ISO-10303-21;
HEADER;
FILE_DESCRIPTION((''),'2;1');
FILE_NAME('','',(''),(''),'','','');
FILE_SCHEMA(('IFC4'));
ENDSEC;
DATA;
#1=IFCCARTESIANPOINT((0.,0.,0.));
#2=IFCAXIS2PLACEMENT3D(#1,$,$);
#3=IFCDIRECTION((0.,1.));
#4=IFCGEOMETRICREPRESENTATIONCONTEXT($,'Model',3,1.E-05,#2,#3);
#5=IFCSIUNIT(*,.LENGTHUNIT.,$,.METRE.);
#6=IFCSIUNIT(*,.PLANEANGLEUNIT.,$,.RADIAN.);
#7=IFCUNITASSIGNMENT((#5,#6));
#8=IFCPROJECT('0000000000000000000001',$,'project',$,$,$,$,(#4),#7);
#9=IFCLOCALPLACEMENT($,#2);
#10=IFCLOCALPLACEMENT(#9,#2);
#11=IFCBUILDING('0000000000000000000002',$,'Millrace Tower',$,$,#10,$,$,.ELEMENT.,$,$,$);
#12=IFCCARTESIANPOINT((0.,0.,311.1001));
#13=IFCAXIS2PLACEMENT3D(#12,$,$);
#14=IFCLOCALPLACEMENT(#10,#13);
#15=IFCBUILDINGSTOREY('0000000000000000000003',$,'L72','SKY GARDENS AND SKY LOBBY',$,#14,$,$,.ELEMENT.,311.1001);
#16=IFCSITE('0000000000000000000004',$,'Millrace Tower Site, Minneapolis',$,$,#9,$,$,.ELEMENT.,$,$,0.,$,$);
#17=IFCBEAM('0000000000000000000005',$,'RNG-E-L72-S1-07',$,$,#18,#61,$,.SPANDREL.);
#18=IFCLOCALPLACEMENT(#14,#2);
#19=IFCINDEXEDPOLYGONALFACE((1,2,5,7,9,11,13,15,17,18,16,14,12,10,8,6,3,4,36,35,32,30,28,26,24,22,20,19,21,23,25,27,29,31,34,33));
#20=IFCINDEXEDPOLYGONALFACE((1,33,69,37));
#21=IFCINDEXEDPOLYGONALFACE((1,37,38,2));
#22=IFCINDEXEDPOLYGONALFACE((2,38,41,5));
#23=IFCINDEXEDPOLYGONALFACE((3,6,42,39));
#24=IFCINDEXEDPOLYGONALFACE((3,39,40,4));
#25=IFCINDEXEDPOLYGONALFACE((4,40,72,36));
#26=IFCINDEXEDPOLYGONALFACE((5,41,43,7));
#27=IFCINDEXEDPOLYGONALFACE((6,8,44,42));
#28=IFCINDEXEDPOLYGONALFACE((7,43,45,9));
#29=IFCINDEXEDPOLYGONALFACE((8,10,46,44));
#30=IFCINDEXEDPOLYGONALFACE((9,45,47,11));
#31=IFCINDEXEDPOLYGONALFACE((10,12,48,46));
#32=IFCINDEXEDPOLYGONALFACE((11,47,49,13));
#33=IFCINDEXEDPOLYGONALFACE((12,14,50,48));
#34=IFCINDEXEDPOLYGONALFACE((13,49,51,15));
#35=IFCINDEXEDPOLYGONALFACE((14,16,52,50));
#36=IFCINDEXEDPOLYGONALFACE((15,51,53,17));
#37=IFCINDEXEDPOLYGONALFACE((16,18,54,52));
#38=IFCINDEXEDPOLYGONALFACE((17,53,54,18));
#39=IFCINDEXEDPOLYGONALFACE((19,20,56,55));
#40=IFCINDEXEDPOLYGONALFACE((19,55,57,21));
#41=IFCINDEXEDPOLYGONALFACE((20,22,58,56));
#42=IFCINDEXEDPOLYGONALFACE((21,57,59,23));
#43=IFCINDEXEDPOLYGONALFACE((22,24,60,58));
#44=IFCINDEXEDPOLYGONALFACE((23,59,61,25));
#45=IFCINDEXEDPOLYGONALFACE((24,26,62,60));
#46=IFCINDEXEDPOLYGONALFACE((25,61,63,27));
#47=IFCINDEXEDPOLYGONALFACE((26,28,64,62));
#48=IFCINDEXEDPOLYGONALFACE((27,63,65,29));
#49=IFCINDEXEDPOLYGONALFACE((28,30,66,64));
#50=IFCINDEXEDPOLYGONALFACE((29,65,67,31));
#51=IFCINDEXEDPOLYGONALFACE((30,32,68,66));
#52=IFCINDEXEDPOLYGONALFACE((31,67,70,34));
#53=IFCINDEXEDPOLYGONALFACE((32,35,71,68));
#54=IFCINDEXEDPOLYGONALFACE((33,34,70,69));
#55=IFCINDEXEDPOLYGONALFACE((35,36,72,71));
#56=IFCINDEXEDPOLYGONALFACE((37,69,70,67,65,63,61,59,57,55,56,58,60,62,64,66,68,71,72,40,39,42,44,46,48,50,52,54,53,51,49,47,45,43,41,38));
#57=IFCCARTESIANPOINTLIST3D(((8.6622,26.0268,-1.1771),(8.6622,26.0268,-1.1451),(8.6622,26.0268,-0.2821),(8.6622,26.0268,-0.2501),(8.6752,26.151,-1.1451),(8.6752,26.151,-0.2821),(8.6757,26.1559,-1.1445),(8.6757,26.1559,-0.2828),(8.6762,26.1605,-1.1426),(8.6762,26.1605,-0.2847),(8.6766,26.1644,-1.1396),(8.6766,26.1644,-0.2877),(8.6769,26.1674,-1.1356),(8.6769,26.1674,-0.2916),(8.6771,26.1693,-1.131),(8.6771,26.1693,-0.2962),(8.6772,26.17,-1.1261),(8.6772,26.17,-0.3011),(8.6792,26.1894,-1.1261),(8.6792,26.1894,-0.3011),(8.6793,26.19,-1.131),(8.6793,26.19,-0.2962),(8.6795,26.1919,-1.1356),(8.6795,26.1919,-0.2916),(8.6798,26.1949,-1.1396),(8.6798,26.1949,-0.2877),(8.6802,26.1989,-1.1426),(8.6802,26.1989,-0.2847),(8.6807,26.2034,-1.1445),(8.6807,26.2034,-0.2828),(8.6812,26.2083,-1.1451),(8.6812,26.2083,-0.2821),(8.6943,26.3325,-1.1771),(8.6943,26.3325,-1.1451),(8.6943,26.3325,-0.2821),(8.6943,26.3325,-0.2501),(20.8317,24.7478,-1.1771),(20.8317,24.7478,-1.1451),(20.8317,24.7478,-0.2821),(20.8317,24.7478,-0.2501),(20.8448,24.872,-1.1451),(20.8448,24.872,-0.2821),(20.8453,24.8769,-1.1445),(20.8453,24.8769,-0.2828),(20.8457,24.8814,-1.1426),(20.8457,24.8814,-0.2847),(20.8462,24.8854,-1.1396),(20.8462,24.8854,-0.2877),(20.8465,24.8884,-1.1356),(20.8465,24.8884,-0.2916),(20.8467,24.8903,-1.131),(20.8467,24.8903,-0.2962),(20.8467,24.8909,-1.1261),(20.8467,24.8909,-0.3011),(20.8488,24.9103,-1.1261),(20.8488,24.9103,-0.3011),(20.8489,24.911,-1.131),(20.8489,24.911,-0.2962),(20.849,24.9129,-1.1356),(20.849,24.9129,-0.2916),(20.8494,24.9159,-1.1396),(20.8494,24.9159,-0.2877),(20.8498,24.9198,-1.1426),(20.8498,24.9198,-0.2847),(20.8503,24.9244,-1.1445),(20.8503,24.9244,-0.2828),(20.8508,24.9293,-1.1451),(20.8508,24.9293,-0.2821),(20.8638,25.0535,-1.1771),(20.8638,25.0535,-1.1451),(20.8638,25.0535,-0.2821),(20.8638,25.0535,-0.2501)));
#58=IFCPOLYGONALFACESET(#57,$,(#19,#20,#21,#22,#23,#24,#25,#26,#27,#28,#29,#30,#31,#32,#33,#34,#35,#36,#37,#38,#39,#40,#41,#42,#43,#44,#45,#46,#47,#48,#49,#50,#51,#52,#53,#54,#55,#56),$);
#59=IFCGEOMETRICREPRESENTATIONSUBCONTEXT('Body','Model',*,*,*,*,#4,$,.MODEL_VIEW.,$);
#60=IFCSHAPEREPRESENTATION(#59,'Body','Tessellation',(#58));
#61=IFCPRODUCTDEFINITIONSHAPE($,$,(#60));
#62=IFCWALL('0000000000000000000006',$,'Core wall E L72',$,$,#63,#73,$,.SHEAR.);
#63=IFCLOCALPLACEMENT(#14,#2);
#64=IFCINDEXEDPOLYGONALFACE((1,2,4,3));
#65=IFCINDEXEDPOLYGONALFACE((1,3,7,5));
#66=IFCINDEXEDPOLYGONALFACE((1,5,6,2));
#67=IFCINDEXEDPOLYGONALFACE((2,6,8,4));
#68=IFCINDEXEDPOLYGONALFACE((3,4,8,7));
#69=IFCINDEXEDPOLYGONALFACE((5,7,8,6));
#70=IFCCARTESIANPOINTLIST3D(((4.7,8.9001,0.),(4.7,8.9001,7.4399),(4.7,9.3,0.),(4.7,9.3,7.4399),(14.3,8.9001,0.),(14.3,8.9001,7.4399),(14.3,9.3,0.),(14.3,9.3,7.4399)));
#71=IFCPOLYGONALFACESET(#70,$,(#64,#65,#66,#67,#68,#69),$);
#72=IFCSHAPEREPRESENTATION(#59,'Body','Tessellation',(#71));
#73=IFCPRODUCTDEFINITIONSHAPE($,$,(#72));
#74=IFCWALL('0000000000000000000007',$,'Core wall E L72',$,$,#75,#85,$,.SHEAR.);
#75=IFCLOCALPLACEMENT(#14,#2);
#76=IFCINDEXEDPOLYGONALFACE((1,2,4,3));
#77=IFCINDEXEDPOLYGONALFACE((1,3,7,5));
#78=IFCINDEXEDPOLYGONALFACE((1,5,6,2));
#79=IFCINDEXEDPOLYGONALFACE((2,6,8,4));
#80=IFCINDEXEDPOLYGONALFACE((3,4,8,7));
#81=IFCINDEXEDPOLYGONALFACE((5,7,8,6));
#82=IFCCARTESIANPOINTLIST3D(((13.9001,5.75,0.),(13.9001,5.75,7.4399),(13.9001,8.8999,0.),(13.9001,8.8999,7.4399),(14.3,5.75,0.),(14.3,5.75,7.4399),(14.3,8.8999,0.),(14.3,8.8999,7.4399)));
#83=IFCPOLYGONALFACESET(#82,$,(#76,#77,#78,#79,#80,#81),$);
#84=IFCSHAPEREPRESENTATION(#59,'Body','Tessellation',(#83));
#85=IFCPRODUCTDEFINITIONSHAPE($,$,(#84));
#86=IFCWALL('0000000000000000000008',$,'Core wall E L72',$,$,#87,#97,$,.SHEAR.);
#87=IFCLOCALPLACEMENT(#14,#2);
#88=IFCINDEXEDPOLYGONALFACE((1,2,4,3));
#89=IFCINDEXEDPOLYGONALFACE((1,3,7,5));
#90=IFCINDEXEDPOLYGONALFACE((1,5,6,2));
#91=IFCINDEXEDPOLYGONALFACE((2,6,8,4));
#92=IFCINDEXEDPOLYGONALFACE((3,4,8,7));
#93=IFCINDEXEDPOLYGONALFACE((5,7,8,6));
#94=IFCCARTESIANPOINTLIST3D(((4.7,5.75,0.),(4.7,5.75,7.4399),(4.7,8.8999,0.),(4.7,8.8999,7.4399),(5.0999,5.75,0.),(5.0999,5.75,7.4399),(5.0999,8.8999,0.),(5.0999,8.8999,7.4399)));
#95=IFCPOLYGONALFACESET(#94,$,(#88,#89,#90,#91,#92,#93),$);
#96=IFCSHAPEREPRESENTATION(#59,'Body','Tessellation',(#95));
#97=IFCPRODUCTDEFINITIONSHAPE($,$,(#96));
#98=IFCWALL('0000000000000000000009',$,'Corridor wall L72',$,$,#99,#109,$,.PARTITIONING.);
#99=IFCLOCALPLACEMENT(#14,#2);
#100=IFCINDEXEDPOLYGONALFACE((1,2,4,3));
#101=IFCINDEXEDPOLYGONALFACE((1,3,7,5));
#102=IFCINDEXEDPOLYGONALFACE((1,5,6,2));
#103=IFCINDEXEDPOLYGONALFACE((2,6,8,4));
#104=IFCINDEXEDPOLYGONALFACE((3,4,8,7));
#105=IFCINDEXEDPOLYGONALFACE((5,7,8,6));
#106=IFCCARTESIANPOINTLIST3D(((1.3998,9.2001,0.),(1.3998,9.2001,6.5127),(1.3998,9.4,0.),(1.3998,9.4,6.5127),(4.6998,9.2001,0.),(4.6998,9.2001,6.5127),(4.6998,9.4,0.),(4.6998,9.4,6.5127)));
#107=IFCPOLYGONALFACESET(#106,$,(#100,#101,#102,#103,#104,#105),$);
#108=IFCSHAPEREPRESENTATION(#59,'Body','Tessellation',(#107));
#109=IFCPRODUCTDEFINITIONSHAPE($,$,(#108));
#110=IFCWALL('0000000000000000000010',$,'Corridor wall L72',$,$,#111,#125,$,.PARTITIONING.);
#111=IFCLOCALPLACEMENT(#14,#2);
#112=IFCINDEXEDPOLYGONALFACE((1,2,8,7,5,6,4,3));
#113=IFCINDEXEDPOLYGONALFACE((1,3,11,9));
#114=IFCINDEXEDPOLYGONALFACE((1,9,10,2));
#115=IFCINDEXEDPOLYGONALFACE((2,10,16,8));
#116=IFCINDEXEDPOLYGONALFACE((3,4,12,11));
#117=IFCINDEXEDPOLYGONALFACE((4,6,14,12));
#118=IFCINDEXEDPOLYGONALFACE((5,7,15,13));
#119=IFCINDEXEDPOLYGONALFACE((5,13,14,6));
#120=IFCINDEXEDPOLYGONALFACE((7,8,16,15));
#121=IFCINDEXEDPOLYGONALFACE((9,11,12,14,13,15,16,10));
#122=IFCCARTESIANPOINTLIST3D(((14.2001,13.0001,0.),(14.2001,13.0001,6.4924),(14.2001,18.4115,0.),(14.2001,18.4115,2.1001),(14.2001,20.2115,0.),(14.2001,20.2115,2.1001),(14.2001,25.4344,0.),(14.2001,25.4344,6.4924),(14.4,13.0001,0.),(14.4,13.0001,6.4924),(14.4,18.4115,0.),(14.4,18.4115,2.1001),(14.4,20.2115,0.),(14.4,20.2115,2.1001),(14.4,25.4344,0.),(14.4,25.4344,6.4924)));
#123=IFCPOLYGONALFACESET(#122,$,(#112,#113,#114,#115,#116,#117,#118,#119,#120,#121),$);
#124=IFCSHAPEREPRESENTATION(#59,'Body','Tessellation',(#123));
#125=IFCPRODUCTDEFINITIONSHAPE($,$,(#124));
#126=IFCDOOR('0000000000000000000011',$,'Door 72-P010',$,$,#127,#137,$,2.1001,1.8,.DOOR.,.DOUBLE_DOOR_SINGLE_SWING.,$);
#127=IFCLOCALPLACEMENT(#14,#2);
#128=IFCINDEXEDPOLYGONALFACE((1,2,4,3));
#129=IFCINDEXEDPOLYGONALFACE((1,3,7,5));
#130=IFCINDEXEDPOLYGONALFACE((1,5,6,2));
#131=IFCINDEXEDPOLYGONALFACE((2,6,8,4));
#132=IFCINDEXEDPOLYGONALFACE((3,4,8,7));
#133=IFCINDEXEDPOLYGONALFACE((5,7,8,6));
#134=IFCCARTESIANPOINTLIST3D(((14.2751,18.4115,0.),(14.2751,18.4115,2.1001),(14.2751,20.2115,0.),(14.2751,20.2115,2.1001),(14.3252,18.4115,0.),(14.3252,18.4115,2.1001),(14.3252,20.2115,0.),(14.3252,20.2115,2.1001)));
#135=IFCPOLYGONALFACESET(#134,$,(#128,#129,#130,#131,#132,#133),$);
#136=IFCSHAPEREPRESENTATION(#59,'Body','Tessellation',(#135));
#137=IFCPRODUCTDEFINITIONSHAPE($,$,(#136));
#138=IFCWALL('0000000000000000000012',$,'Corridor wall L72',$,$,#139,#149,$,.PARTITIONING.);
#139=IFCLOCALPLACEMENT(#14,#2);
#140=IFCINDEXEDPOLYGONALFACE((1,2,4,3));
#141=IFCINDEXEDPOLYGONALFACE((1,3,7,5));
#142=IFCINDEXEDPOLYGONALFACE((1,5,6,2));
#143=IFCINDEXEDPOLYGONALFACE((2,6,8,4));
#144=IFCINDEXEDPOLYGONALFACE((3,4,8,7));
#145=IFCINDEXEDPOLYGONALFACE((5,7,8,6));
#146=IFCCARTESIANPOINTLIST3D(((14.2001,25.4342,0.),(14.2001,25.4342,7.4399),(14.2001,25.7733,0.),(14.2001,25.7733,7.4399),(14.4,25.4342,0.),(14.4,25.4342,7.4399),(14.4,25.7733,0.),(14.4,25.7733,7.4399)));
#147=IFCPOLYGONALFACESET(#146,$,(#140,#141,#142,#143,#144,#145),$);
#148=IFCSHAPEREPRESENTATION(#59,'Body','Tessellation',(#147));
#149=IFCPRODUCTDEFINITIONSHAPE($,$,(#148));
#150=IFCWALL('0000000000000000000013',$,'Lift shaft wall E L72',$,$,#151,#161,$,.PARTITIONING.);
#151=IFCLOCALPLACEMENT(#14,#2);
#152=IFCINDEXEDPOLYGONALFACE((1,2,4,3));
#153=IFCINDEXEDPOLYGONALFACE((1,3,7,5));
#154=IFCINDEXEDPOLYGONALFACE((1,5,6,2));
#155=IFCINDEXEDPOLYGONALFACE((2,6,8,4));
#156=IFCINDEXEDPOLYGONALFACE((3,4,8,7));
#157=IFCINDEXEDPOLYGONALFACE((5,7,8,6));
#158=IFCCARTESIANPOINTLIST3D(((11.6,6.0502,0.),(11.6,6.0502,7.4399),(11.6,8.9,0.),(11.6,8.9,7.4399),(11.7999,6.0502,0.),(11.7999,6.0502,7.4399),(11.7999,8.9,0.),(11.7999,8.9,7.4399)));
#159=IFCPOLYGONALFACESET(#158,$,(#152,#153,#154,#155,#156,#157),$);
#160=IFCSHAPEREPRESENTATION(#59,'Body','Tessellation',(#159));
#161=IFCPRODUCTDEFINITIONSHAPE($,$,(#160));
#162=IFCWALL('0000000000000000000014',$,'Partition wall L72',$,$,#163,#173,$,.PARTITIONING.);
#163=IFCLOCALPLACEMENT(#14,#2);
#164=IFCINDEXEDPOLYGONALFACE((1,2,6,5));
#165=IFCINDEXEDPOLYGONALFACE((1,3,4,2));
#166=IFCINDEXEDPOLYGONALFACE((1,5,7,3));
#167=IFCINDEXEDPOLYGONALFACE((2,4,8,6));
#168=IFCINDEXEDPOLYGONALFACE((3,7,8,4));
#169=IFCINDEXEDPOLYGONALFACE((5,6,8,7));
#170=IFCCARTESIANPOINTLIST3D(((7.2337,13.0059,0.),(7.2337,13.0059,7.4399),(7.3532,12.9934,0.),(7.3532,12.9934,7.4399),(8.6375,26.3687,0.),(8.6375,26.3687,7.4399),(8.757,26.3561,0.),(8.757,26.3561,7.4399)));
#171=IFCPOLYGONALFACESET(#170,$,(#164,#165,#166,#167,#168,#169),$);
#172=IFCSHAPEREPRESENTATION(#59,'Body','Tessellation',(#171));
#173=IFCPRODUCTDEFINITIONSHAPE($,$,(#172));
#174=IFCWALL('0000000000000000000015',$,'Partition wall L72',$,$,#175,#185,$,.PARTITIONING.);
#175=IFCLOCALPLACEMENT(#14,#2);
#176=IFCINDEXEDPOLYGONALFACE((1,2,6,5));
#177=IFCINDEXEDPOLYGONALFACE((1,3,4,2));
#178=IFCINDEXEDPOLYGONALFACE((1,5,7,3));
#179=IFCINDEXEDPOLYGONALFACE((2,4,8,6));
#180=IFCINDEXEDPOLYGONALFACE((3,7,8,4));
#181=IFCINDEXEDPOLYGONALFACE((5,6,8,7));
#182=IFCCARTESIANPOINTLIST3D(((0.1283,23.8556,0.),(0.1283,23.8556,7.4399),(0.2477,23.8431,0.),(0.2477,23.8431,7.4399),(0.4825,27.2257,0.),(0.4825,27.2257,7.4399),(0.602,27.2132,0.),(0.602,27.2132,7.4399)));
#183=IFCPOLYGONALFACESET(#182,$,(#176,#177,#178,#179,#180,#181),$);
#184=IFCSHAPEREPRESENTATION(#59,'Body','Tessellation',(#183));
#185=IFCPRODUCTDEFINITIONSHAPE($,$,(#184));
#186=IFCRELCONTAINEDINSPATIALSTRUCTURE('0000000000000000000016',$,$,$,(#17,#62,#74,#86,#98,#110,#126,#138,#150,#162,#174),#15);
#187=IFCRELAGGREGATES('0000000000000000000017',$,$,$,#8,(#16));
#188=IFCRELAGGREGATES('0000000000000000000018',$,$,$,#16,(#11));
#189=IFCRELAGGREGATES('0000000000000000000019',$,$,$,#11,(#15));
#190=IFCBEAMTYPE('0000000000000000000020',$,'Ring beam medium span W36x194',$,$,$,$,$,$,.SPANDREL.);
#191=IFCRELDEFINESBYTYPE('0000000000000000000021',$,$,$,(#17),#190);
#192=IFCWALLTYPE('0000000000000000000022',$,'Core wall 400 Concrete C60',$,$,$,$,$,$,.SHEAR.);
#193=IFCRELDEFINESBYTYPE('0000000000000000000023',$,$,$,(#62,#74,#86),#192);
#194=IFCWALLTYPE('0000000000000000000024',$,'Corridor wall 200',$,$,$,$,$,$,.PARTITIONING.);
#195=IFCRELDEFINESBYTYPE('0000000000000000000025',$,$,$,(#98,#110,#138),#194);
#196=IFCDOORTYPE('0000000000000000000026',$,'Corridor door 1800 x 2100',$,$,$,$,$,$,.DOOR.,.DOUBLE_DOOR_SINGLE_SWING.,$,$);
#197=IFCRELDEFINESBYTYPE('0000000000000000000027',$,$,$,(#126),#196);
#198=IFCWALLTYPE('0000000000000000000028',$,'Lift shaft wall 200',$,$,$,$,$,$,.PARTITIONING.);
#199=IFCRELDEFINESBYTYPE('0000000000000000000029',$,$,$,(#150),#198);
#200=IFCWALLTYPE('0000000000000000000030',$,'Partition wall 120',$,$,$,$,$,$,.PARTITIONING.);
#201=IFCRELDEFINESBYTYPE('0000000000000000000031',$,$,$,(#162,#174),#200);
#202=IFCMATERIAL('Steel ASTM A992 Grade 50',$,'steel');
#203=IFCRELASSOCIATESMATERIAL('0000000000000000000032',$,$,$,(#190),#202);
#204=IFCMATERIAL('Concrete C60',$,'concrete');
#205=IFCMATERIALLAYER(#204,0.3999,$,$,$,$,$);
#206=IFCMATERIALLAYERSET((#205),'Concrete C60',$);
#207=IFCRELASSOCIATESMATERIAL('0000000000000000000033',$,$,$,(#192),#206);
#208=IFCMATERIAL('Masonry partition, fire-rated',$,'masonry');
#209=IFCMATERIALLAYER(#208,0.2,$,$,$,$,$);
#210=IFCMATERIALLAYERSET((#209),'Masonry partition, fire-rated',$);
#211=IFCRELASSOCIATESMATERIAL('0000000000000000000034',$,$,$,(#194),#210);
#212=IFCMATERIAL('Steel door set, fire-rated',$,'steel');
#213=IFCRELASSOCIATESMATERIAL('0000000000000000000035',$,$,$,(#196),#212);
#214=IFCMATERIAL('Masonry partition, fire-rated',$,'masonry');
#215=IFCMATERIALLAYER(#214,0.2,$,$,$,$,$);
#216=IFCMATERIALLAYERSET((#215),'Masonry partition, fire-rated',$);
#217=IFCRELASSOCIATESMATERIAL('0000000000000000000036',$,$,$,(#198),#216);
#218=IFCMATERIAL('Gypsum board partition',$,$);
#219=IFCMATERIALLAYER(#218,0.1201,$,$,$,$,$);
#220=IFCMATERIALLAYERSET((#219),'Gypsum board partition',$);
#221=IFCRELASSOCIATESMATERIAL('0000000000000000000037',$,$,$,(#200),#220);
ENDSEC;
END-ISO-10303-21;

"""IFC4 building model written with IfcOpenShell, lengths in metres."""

from ifc_helpers import new_model, si_unit, direction, frame, frame_2d, origin, origin_2d, place, context, subcontext, project, spatial, rectangle, i_section, extrude, material, layer, layer_set, material_profile, profile_set, type_object, element, fill, save


model = new_model("IFC4")

# Units and contexts
model_context = context("Model", 3, precision=1e-05, world=origin(), true_north=direction((0.0, 1.0)))
body_context = subcontext(model_context, "Body", "Model", "MODEL_VIEW")
ifc_project = project(units=[si_unit("LENGTHUNIT", "METRE"), si_unit("PLANEANGLEUNIT", "RADIAN")], contexts=[model_context])

# Site, building, storey
site_placement = place(None, origin())
site = spatial("IfcSite", under=ifc_project, at=site_placement, Name="Millrace Tower Site, Minneapolis", CompositionType="ELEMENT", RefElevation=0.0)
building_placement = place(site_placement, origin())
building = spatial("IfcBuilding", under=site, at=building_placement, Name="Millrace Tower", CompositionType="ELEMENT")
storey_placement = place(building_placement, frame((0.0, 0.0, 311.1001)))
storey = spatial("IfcBuildingStorey", under=building, at=storey_placement, Name="L72", Description="SKY GARDENS AND SKY LOBBY", CompositionType="ELEMENT", Elevation=311.1001)

# Beam
ifc_material_1 = material(Name="Steel ASTM A992 Grade 50", Category="steel")
ifc_material_profile_1 = material_profile(ifc_material_1, i_section(OverallWidth=0.3074, OverallDepth=0.927, WebThickness=0.0195, FlangeThickness=0.032, FilletRadius=0.019, at=origin_2d()))
ifc_profile_set_1 = profile_set([ifc_material_profile_1], Name="Steel ASTM A992 Grade 50")
beam_type_1 = type_object("IfcBeamType", Name="Ring beam medium span W36x194", PredefinedType="SPANDREL", material=ifc_profile_set_1)
beam_1_placement = place(storey_placement, frame((8.6782, 26.1797, -0.7136), z_axis=(0.994522, -0.104528, 0.0), x_axis=(0.104528, 0.994522, 0.0)))
element("IfcBeam", 1, at=beam_1_placement, inside=storey, type_object=beam_type_1, Name="RNG-E-L72-S1-07", PredefinedType="SPANDREL", context=body_context, shape_type="SweptSolid", body=[
    extrude(i_section(OverallWidth=0.3074, OverallDepth=0.927, WebThickness=0.0195, FlangeThickness=0.032, FilletRadius=0.019, at=origin_2d()), origin(), (0.0, 0.0, 1.0), 12.2366),
])

# Walls
ifc_material_2 = material(Name="Concrete C60", Category="concrete")
ifc_layer_1 = layer(ifc_material_2, 0.3999)
ifc_layer_set_1 = layer_set([ifc_layer_1], Name="Concrete C60")
wall_type_1 = type_object("IfcWallType", Name="Core wall 400 Concrete C60", PredefinedType="SHEAR", material=ifc_layer_set_1)
wall_1_placement = place(storey_placement, frame((14.3, 9.1001, 0.0), z_axis=(0.0, 0.0, 1.0), x_axis=(-1.0, 0.0, 0.0)))
element("IfcWall", 2, at=wall_1_placement, inside=storey, type_object=wall_type_1, Name="Core wall E L72", PredefinedType="SHEAR", context=body_context, shape_type="SweptSolid", body=[
    extrude(rectangle(XDim=9.6001, YDim=0.3999, at=frame_2d((4.8, 0.0))), origin(), (0.0, 0.0, 1.0), 7.4399),
])
for number, where, z_axis, x_axis, name in (
    (3, (14.1001, 8.8999, 0.0), (0.0, 0.0, 1.0), (0.0, -1.0, 0.0), "Core wall E L72"),
    (4, (4.8999, 8.8999, 0.0), (0.0, 0.0, 1.0), (0.0, -1.0, 0.0), "Core wall E L72"),
):
    element("IfcWall", number, at=place(storey_placement, frame(where, z_axis=z_axis, x_axis=x_axis)), inside=storey, type_object=wall_type_1, Name=name, PredefinedType="SHEAR", context=body_context, shape_type="SweptSolid", body=[
        extrude(rectangle(XDim=3.1499, YDim=0.3999, at=frame_2d((1.575, 0.0))), origin(), (0.0, 0.0, 1.0), 7.4399),
    ])
ifc_material_3 = material(Name="Masonry partition, fire-rated", Category="masonry")
ifc_layer_2 = layer(ifc_material_3, 0.2)
ifc_layer_set_2 = layer_set([ifc_layer_2], Name="Masonry partition, fire-rated")
wall_type_2 = type_object("IfcWallType", Name="Corridor wall 200", PredefinedType="PARTITIONING", material=ifc_layer_set_2)
wall_2_placement = place(storey_placement, frame((1.3999, 9.3, 0.0), z_axis=(0.0, 0.0, 1.0), x_axis=(1.0, 0.0, 0.0)))
element("IfcWall", 5, at=wall_2_placement, inside=storey, type_object=wall_type_2, Name="Corridor wall L72", PredefinedType="PARTITIONING", context=body_context, shape_type="SweptSolid", body=[
    extrude(rectangle(XDim=3.3, YDim=0.2, at=frame_2d((1.6499, 0.0))), origin(), (0.0, 0.0, 1.0), 6.5127),
])

# Wall, opening, door
wall_3_placement = place(storey_placement, frame((14.3, 13.0, 0.0), z_axis=(0.0, 0.0, 1.0), x_axis=(0.0, 1.0, 0.0)))
wall_3 = element("IfcWall", 6, at=wall_3_placement, inside=storey, type_object=wall_type_2, Name="Corridor wall L72", PredefinedType="PARTITIONING", context=body_context, shape_type="SweptSolid", body=[
    extrude(rectangle(XDim=12.4343, YDim=0.2, at=frame_2d((6.2173, 0.0))), origin(), (0.0, 0.0, 1.0), 6.4924),
])
opening_placement = place(wall_3_placement, frame((5.4116, 0.0, 0.0)))
opening = element("IfcOpeningElement", 7, at=opening_placement, cuts=wall_3, PredefinedType="OPENING", context=body_context, shape_type="SweptSolid", body=[
    extrude(rectangle(XDim=1.8, YDim=2.1001, at=frame_2d((0.8999, 1.05))), frame((0.0, 0.1099, 0.0), z_axis=(0.0, -1.0, 0.0), x_axis=(1.0, 0.0, 0.0)), (0.0, 0.0, 1.0), 0.22),
])
ifc_material_4 = material(Name="Steel door set, fire-rated", Category="steel")
door_type = type_object("IfcDoorType", Name="Corridor door 1800 x 2100", OperationType="DOUBLE_DOOR_SINGLE_SWING", PredefinedType="DOOR", material=ifc_material_4)
door_placement = place(opening_placement, origin())
door = element("IfcDoor", 8, at=door_placement, inside=storey, type_object=door_type, Name="Door 72-P010", OperationType="DOUBLE_DOOR_SINGLE_SWING", OverallHeight=2.1001, OverallWidth=1.8, PredefinedType="DOOR", context=body_context, shape_type="SweptSolid", body=[
    extrude(rectangle(XDim=1.8, YDim=2.1001, at=frame_2d((0.8999, 1.05))), frame((0.0, 0.0249, 0.0), z_axis=(0.0, -1.0, 0.0), x_axis=(1.0, 0.0, 0.0)), (0.0, 0.0, 1.0), 0.05),
])
fill(opening, door)

# Walls
wall_4_placement = place(storey_placement, frame((14.3, 25.4343, 0.0), z_axis=(0.0, 0.0, 1.0), x_axis=(0.0, 1.0, 0.0)))
element("IfcWall", 9, at=wall_4_placement, inside=storey, type_object=wall_type_2, Name="Corridor wall L72", PredefinedType="PARTITIONING", context=body_context, shape_type="SweptSolid", body=[
    extrude(rectangle(XDim=0.3391, YDim=0.2, at=frame_2d((0.1694, 0.0))), origin(), (0.0, 0.0, 1.0), 7.4399),
])
ifc_material_5 = material(Name="Masonry partition, fire-rated", Category="masonry")
ifc_layer_3 = layer(ifc_material_5, 0.2)
ifc_layer_set_3 = layer_set([ifc_layer_3], Name="Masonry partition, fire-rated")
wall_type_3 = type_object("IfcWallType", Name="Lift shaft wall 200", PredefinedType="PARTITIONING", material=ifc_layer_set_3)
wall_5_placement = place(storey_placement, frame((11.7, 8.8999, 0.0), z_axis=(0.0, 0.0, 1.0), x_axis=(0.0, -1.0, 0.0)))
element("IfcWall", 10, at=wall_5_placement, inside=storey, type_object=wall_type_3, Name="Lift shaft wall E L72", PredefinedType="PARTITIONING", context=body_context, shape_type="SweptSolid", body=[
    extrude(rectangle(XDim=2.8499, YDim=0.2, at=frame_2d((1.4248, 0.0))), origin(), (0.0, 0.0, 1.0), 7.4399),
])
ifc_material_6 = material(Name="Gypsum board partition")
ifc_layer_4 = layer(ifc_material_6, 0.1201)
ifc_layer_set_4 = layer_set([ifc_layer_4], Name="Gypsum board partition")
wall_type_4 = type_object("IfcWallType", Name="Partition wall 120", PredefinedType="PARTITIONING", material=ifc_layer_set_4)
wall_6_placement = place(storey_placement, frame((7.2935, 12.9995, 0.0), z_axis=(0.0, 0.0, 1.0), x_axis=(0.104479, 0.994527, 0.0)))
element("IfcWall", 11, at=wall_6_placement, inside=storey, type_object=wall_type_4, Name="Partition wall L72", PredefinedType="PARTITIONING", context=body_context, shape_type="SweptSolid", body=[
    extrude(rectangle(XDim=13.4363, YDim=0.1201, at=frame_2d((6.7183, 0.0))), origin(), (0.0, 0.0, 1.0), 7.4399),
])
wall_7_placement = place(storey_placement, frame((0.188, 23.8494, 0.0), z_axis=(0.0, 0.0, 1.0), x_axis=(0.104539, 0.994521, 0.0)))
element("IfcWall", 12, at=wall_7_placement, inside=storey, type_object=wall_type_4, Name="Partition wall L72", PredefinedType="PARTITIONING", context=body_context, shape_type="SweptSolid", body=[
    extrude(rectangle(XDim=3.3887, YDim=0.1201, at=frame_2d((1.6943, 0.0))), origin(), (0.0, 0.0, 1.0), 7.4399),
])

save(model, "model.ifc")
